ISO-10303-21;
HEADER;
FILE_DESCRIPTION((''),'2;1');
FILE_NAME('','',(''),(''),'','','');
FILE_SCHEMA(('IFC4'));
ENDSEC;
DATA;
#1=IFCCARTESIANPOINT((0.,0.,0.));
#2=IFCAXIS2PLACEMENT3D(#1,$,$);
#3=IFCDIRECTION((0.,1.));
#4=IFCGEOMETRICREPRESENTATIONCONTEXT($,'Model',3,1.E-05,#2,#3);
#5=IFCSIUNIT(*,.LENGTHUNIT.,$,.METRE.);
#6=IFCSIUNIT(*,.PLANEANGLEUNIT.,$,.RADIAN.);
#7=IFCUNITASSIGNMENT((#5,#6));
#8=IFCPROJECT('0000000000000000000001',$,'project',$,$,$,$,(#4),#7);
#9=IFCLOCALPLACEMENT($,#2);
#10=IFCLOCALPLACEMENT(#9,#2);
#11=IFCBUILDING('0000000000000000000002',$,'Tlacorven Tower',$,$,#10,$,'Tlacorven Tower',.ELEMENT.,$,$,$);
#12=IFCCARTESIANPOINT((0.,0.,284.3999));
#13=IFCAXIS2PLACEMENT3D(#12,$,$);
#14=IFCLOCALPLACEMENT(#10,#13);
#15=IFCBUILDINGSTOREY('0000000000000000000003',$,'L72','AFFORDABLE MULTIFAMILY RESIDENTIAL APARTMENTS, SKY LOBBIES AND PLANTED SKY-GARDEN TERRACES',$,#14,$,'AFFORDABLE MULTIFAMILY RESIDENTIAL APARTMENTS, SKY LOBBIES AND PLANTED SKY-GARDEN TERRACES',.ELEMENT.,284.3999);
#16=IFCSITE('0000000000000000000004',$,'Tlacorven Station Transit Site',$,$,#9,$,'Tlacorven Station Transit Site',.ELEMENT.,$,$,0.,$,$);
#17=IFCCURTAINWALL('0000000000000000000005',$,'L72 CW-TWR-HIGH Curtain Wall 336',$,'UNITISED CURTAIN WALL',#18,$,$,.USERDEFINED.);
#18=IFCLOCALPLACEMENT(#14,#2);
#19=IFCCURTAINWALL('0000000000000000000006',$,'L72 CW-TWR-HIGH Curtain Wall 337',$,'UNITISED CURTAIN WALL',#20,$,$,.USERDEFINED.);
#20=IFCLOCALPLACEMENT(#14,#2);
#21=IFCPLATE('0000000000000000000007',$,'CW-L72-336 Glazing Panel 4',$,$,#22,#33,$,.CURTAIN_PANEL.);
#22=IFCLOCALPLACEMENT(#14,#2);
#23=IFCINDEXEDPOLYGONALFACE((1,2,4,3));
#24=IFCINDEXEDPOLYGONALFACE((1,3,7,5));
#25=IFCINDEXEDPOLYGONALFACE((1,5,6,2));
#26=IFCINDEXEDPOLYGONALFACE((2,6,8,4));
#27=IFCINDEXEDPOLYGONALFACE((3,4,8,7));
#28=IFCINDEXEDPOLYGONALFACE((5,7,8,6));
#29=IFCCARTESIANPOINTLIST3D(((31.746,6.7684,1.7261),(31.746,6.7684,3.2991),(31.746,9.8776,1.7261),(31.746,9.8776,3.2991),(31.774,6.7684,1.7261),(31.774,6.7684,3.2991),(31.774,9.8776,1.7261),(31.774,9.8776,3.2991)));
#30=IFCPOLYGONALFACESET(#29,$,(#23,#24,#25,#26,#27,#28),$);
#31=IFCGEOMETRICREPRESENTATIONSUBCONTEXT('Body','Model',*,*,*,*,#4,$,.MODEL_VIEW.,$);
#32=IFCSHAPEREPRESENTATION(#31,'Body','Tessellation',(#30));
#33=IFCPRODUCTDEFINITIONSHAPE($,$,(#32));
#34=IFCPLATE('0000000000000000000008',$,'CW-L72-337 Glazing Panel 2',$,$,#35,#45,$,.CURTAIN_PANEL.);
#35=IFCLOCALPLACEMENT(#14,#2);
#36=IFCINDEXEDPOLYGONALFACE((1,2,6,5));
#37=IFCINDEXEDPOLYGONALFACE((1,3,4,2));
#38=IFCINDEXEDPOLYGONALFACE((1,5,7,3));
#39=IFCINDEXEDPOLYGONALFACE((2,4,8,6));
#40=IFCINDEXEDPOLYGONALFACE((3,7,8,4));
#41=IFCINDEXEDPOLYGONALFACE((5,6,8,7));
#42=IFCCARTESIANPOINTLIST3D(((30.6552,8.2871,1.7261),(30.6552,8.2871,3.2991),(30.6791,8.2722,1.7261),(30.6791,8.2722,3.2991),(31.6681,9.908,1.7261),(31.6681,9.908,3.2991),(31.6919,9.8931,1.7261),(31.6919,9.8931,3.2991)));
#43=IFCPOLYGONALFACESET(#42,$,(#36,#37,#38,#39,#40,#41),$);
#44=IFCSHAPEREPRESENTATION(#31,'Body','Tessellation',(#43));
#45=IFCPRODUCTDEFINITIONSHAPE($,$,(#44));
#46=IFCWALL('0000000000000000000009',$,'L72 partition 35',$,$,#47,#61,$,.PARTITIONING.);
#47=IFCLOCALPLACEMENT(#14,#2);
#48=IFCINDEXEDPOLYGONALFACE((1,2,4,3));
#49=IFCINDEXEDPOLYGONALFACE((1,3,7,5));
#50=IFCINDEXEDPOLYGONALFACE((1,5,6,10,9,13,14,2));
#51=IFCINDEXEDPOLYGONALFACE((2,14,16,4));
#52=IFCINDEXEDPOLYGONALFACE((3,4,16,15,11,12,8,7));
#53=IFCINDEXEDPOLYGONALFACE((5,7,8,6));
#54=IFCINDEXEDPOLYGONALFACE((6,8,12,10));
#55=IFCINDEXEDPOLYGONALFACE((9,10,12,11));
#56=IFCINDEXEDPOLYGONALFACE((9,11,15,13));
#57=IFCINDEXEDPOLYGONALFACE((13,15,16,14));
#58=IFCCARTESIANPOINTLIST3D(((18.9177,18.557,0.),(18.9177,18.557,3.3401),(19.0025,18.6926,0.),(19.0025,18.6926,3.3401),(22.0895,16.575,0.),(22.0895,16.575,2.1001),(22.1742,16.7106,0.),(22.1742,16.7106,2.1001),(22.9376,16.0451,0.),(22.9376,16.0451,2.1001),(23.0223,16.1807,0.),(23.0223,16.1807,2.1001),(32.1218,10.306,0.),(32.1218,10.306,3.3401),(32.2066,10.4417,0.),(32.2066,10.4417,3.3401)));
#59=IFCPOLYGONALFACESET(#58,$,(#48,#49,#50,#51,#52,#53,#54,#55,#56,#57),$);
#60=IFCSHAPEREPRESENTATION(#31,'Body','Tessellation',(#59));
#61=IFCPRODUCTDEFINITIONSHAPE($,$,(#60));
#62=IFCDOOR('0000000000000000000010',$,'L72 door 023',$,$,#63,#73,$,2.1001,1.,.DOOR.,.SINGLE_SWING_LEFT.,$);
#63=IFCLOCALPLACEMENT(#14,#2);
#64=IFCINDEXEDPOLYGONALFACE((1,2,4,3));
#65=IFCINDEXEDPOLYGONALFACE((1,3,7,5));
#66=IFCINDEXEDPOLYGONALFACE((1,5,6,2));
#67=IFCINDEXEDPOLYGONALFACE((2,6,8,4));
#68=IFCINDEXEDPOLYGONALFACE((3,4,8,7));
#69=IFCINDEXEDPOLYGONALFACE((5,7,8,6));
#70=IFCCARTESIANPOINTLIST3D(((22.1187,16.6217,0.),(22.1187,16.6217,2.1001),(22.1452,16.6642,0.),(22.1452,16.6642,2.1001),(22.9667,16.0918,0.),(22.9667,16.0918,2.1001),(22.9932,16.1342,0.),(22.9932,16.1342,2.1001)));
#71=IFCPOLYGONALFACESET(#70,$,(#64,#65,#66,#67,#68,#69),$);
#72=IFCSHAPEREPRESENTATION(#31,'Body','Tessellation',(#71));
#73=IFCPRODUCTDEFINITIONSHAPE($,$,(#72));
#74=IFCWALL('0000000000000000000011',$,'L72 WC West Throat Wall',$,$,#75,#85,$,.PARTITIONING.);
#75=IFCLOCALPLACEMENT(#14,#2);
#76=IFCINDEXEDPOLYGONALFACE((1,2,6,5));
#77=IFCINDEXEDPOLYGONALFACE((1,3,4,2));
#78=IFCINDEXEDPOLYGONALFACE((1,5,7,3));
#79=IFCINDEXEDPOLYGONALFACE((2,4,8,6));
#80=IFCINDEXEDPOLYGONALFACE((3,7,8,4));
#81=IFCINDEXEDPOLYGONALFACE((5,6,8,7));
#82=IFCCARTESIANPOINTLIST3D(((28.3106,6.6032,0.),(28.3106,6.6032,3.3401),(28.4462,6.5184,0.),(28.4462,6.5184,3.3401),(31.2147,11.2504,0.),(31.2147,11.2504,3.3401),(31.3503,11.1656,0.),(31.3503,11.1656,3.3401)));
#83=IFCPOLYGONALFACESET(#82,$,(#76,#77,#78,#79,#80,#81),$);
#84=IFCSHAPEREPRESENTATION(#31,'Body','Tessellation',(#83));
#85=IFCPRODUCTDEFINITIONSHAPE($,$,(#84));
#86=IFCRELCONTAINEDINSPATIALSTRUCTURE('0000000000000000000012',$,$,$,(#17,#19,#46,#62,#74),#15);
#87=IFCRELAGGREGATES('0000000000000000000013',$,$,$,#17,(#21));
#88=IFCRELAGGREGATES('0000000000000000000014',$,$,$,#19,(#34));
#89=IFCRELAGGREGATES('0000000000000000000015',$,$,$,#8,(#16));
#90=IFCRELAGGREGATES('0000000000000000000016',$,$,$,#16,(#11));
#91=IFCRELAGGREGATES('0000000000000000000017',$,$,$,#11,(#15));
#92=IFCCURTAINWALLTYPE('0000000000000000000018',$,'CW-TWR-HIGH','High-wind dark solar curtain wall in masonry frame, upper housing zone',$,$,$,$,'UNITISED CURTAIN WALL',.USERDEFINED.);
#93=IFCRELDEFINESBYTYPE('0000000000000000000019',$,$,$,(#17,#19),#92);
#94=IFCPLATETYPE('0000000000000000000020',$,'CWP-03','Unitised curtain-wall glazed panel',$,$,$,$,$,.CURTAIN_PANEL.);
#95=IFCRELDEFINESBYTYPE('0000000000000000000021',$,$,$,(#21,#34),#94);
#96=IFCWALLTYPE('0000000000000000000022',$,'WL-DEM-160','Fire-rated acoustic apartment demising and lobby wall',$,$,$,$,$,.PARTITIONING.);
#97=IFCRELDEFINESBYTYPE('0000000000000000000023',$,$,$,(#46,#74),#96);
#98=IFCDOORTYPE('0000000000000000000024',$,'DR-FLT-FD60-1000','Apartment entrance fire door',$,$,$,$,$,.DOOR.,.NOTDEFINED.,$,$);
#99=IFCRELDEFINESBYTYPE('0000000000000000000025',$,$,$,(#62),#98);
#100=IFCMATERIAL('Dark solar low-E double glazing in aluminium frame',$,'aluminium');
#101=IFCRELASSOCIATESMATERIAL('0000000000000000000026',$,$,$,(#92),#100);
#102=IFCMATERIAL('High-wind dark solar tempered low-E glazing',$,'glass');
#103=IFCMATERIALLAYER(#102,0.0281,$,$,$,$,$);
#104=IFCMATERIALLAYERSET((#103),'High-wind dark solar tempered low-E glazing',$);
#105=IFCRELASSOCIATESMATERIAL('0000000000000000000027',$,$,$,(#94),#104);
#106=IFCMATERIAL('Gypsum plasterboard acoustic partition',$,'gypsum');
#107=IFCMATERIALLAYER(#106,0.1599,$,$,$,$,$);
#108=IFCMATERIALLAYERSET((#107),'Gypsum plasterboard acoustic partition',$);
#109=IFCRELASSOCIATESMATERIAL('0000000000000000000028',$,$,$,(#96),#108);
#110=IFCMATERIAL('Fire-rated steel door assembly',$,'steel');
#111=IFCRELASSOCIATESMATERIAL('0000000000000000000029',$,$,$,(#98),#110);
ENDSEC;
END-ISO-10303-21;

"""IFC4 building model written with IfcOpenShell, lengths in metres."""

from ifc_helpers import new_model, si_unit, direction, frame, frame_2d, origin, origin_2d, place, context, subcontext, project, spatial, rectangle, extrude, source, transform, mapped, material, layer, layer_set, type_object, element, fill, aggregate, save


model = new_model("IFC4")

# Units and contexts
model_context = context("Model", 3, precision=1e-05, world=origin(), true_north=direction((0.0, 1.0)))
body_context = subcontext(model_context, "Body", "Model", "MODEL_VIEW")
ifc_project = project(units=[si_unit("LENGTHUNIT", "METRE"), si_unit("PLANEANGLEUNIT", "RADIAN")], contexts=[model_context])

# Site, building, storey
site_placement = place(None, origin())
site = spatial("IfcSite", under=ifc_project, at=site_placement, Name="Tlacorven Station Transit Site", LongName="Tlacorven Station Transit Site", CompositionType="ELEMENT", RefElevation=0.0)
building_placement = place(site_placement, origin())
building = spatial("IfcBuilding", under=site, at=building_placement, Name="Tlacorven Tower", LongName="Tlacorven Tower", CompositionType="ELEMENT")
storey_placement = place(building_placement, frame((0.0, 0.0, 284.3999)))
storey = spatial("IfcBuildingStorey", under=building, at=storey_placement, Name="L72", Description="AFFORDABLE MULTIFAMILY RESIDENTIAL APARTMENTS, SKY LOBBIES AND PLANTED SKY-GARDEN TERRACES", LongName="AFFORDABLE MULTIFAMILY RESIDENTIAL APARTMENTS, SKY LOBBIES AND PLANTED SKY-GARDEN TERRACES", CompositionType="ELEMENT", Elevation=284.3999)

# Curtain wall
ifc_material_1 = material(Name="Dark solar low-E double glazing in aluminium frame", Category="aluminium")
curtain_wall_type = type_object("IfcCurtainWallType", Name="CW-TWR-HIGH", Description="High-wind dark solar curtain wall in masonry frame, upper housing zone", ElementType="UNITISED CURTAIN WALL", PredefinedType="USERDEFINED", material=ifc_material_1)
curtain_wall_1_placement = place(storey_placement, origin())
curtain_wall_1 = element("IfcCurtainWall", 1, at=curtain_wall_1_placement, inside=storey, type_object=curtain_wall_type, Name="L72 CW-TWR-HIGH Curtain Wall 336", ObjectType="UNITISED CURTAIN WALL", PredefinedType="USERDEFINED")

# Curtain wall
curtain_wall_2_placement = place(storey_placement, origin())
curtain_wall_2 = element("IfcCurtainWall", 2, at=curtain_wall_2_placement, inside=storey, type_object=curtain_wall_type, Name="L72 CW-TWR-HIGH Curtain Wall 337", ObjectType="UNITISED CURTAIN WALL", PredefinedType="USERDEFINED")

# Plates
ifc_material_2 = material(Name="High-wind dark solar tempered low-E glazing", Category="glass")
ifc_layer_1 = layer(ifc_material_2, 0.0281)
ifc_layer_set_1 = layer_set([ifc_layer_1], Name="High-wind dark solar tempered low-E glazing")
plate_type = type_object("IfcPlateType", Name="CWP-03", Description="Unitised curtain-wall glazed panel", PredefinedType="CURTAIN_PANEL", material=ifc_layer_set_1)
shared_shape_1 = source(origin(), body_context, "Body", "SweptSolid", [
    extrude(rectangle(XDim=3.1091, YDim=0.0281, at=origin_2d()), origin(), (0.0, 0.0, 1.0), 1.573),
])
plate_1_placement = place(storey_placement, frame((31.76, 8.323, 1.7261), z_axis=(0.0, 0.0, 1.0), x_axis=(0.0, 1.0, 0.0)))
plate_1 = element("IfcPlate", 3, at=plate_1_placement, type_object=plate_type, Name="CW-L72-336 Glazing Panel 4", PredefinedType="CURTAIN_PANEL", context=body_context, shape_type="MappedRepresentation", body=[
    mapped(shared_shape_1, transform((0.0, 0.0, 0.0), scale=1.0)),
])
aggregate(curtain_wall_1, [plate_1])
shared_shape_2 = source(origin(), body_context, "Body", "SweptSolid", [
    extrude(rectangle(XDim=1.9114, YDim=0.0281, at=origin_2d()), origin(), (0.0, 0.0, 1.0), 1.573),
])
plate_2_placement = place(storey_placement, frame((31.1736, 9.0901, 1.7261), z_axis=(0.0, 0.0, 1.0), x_axis=(-0.529919, -0.848048, 0.0)))
plate_2 = element("IfcPlate", 4, at=plate_2_placement, type_object=plate_type, Name="CW-L72-337 Glazing Panel 2", PredefinedType="CURTAIN_PANEL", context=body_context, shape_type="MappedRepresentation", body=[
    mapped(shared_shape_2, transform((0.0, 0.0, 0.0), scale=1.0)),
])
aggregate(curtain_wall_2, [plate_2])

# Wall, opening, door
ifc_material_3 = material(Name="Gypsum plasterboard acoustic partition", Category="gypsum")
ifc_layer_2 = layer(ifc_material_3, 0.1599)
ifc_layer_set_2 = layer_set([ifc_layer_2], Name="Gypsum plasterboard acoustic partition")
wall_type = type_object("IfcWallType", Name="WL-DEM-160", Description="Fire-rated acoustic apartment demising and lobby wall", PredefinedType="PARTITIONING", material=ifc_layer_set_2)
wall_1_placement = place(storey_placement, frame((32.1643, 10.3738, 0.0), z_axis=(0.0, 0.0, 1.0), x_axis=(-0.848044, 0.529926, 0.0)))
wall_1 = element("IfcWall", 5, at=wall_1_placement, inside=storey, type_object=wall_type, Name="L72 partition 35", PredefinedType="PARTITIONING", context=body_context, shape_type="SweptSolid", body=[
    extrude(rectangle(XDim=15.5701, YDim=0.1599, at=frame_2d((7.7852, 0.0))), origin(), (0.0, 0.0, 1.0), 3.3401),
])
opening_placement = place(wall_1_placement, frame((10.8301, 0.0, 0.0)))
opening = element("IfcOpeningElement", 6, at=opening_placement, cuts=wall_1, PredefinedType="OPENING", context=body_context, shape_type="SweptSolid", body=[
    extrude(rectangle(XDim=1.0, YDim=2.1001, at=frame_2d((0.5, 1.05))), frame((0.0, 0.0898, 0.0), z_axis=(0.0, -1.0, 0.0), x_axis=(1.0, 0.0, 0.0)), (0.0, 0.0, 1.0), 0.1799),
])
ifc_material_4 = material(Name="Fire-rated steel door assembly", Category="steel")
door_type = type_object("IfcDoorType", Name="DR-FLT-FD60-1000", Description="Apartment entrance fire door", OperationType="NOTDEFINED", PredefinedType="DOOR", material=ifc_material_4)
shared_shape_3 = source(origin(), body_context, "Body", "SweptSolid", [
    extrude(rectangle(XDim=1.0, YDim=2.1001, at=frame_2d((0.5, 1.05))), frame((0.0, 0.0249, 0.0), z_axis=(0.0, -1.0, 0.0), x_axis=(1.0, 0.0, 0.0)), (0.0, 0.0, 1.0), 0.05),
])
door_placement = place(opening_placement, origin())
door = element("IfcDoor", 7, at=door_placement, inside=storey, type_object=door_type, Name="L72 door 023", OperationType="SINGLE_SWING_LEFT", OverallHeight=2.1001, OverallWidth=1.0, PredefinedType="DOOR", context=body_context, shape_type="MappedRepresentation", body=[
    mapped(shared_shape_3, transform((0.0, 0.0, 0.0), scale=1.0)),
])
fill(opening, door)

# Wall
wall_2_placement = place(storey_placement, frame((31.2825, 11.208, 0.0), z_axis=(0.0, 0.0, 1.0), x_axis=(-0.529939, -0.848036, 0.0)))
element("IfcWall", 8, at=wall_2_placement, inside=storey, type_object=wall_type, Name="L72 WC West Throat Wall", PredefinedType="PARTITIONING", context=body_context, shape_type="SweptSolid", body=[
    extrude(rectangle(XDim=5.48, YDim=0.1599, at=frame_2d((2.74, 0.0))), origin(), (0.0, 0.0, 1.0), 3.3401),
])

save(model, "model.ifc")
